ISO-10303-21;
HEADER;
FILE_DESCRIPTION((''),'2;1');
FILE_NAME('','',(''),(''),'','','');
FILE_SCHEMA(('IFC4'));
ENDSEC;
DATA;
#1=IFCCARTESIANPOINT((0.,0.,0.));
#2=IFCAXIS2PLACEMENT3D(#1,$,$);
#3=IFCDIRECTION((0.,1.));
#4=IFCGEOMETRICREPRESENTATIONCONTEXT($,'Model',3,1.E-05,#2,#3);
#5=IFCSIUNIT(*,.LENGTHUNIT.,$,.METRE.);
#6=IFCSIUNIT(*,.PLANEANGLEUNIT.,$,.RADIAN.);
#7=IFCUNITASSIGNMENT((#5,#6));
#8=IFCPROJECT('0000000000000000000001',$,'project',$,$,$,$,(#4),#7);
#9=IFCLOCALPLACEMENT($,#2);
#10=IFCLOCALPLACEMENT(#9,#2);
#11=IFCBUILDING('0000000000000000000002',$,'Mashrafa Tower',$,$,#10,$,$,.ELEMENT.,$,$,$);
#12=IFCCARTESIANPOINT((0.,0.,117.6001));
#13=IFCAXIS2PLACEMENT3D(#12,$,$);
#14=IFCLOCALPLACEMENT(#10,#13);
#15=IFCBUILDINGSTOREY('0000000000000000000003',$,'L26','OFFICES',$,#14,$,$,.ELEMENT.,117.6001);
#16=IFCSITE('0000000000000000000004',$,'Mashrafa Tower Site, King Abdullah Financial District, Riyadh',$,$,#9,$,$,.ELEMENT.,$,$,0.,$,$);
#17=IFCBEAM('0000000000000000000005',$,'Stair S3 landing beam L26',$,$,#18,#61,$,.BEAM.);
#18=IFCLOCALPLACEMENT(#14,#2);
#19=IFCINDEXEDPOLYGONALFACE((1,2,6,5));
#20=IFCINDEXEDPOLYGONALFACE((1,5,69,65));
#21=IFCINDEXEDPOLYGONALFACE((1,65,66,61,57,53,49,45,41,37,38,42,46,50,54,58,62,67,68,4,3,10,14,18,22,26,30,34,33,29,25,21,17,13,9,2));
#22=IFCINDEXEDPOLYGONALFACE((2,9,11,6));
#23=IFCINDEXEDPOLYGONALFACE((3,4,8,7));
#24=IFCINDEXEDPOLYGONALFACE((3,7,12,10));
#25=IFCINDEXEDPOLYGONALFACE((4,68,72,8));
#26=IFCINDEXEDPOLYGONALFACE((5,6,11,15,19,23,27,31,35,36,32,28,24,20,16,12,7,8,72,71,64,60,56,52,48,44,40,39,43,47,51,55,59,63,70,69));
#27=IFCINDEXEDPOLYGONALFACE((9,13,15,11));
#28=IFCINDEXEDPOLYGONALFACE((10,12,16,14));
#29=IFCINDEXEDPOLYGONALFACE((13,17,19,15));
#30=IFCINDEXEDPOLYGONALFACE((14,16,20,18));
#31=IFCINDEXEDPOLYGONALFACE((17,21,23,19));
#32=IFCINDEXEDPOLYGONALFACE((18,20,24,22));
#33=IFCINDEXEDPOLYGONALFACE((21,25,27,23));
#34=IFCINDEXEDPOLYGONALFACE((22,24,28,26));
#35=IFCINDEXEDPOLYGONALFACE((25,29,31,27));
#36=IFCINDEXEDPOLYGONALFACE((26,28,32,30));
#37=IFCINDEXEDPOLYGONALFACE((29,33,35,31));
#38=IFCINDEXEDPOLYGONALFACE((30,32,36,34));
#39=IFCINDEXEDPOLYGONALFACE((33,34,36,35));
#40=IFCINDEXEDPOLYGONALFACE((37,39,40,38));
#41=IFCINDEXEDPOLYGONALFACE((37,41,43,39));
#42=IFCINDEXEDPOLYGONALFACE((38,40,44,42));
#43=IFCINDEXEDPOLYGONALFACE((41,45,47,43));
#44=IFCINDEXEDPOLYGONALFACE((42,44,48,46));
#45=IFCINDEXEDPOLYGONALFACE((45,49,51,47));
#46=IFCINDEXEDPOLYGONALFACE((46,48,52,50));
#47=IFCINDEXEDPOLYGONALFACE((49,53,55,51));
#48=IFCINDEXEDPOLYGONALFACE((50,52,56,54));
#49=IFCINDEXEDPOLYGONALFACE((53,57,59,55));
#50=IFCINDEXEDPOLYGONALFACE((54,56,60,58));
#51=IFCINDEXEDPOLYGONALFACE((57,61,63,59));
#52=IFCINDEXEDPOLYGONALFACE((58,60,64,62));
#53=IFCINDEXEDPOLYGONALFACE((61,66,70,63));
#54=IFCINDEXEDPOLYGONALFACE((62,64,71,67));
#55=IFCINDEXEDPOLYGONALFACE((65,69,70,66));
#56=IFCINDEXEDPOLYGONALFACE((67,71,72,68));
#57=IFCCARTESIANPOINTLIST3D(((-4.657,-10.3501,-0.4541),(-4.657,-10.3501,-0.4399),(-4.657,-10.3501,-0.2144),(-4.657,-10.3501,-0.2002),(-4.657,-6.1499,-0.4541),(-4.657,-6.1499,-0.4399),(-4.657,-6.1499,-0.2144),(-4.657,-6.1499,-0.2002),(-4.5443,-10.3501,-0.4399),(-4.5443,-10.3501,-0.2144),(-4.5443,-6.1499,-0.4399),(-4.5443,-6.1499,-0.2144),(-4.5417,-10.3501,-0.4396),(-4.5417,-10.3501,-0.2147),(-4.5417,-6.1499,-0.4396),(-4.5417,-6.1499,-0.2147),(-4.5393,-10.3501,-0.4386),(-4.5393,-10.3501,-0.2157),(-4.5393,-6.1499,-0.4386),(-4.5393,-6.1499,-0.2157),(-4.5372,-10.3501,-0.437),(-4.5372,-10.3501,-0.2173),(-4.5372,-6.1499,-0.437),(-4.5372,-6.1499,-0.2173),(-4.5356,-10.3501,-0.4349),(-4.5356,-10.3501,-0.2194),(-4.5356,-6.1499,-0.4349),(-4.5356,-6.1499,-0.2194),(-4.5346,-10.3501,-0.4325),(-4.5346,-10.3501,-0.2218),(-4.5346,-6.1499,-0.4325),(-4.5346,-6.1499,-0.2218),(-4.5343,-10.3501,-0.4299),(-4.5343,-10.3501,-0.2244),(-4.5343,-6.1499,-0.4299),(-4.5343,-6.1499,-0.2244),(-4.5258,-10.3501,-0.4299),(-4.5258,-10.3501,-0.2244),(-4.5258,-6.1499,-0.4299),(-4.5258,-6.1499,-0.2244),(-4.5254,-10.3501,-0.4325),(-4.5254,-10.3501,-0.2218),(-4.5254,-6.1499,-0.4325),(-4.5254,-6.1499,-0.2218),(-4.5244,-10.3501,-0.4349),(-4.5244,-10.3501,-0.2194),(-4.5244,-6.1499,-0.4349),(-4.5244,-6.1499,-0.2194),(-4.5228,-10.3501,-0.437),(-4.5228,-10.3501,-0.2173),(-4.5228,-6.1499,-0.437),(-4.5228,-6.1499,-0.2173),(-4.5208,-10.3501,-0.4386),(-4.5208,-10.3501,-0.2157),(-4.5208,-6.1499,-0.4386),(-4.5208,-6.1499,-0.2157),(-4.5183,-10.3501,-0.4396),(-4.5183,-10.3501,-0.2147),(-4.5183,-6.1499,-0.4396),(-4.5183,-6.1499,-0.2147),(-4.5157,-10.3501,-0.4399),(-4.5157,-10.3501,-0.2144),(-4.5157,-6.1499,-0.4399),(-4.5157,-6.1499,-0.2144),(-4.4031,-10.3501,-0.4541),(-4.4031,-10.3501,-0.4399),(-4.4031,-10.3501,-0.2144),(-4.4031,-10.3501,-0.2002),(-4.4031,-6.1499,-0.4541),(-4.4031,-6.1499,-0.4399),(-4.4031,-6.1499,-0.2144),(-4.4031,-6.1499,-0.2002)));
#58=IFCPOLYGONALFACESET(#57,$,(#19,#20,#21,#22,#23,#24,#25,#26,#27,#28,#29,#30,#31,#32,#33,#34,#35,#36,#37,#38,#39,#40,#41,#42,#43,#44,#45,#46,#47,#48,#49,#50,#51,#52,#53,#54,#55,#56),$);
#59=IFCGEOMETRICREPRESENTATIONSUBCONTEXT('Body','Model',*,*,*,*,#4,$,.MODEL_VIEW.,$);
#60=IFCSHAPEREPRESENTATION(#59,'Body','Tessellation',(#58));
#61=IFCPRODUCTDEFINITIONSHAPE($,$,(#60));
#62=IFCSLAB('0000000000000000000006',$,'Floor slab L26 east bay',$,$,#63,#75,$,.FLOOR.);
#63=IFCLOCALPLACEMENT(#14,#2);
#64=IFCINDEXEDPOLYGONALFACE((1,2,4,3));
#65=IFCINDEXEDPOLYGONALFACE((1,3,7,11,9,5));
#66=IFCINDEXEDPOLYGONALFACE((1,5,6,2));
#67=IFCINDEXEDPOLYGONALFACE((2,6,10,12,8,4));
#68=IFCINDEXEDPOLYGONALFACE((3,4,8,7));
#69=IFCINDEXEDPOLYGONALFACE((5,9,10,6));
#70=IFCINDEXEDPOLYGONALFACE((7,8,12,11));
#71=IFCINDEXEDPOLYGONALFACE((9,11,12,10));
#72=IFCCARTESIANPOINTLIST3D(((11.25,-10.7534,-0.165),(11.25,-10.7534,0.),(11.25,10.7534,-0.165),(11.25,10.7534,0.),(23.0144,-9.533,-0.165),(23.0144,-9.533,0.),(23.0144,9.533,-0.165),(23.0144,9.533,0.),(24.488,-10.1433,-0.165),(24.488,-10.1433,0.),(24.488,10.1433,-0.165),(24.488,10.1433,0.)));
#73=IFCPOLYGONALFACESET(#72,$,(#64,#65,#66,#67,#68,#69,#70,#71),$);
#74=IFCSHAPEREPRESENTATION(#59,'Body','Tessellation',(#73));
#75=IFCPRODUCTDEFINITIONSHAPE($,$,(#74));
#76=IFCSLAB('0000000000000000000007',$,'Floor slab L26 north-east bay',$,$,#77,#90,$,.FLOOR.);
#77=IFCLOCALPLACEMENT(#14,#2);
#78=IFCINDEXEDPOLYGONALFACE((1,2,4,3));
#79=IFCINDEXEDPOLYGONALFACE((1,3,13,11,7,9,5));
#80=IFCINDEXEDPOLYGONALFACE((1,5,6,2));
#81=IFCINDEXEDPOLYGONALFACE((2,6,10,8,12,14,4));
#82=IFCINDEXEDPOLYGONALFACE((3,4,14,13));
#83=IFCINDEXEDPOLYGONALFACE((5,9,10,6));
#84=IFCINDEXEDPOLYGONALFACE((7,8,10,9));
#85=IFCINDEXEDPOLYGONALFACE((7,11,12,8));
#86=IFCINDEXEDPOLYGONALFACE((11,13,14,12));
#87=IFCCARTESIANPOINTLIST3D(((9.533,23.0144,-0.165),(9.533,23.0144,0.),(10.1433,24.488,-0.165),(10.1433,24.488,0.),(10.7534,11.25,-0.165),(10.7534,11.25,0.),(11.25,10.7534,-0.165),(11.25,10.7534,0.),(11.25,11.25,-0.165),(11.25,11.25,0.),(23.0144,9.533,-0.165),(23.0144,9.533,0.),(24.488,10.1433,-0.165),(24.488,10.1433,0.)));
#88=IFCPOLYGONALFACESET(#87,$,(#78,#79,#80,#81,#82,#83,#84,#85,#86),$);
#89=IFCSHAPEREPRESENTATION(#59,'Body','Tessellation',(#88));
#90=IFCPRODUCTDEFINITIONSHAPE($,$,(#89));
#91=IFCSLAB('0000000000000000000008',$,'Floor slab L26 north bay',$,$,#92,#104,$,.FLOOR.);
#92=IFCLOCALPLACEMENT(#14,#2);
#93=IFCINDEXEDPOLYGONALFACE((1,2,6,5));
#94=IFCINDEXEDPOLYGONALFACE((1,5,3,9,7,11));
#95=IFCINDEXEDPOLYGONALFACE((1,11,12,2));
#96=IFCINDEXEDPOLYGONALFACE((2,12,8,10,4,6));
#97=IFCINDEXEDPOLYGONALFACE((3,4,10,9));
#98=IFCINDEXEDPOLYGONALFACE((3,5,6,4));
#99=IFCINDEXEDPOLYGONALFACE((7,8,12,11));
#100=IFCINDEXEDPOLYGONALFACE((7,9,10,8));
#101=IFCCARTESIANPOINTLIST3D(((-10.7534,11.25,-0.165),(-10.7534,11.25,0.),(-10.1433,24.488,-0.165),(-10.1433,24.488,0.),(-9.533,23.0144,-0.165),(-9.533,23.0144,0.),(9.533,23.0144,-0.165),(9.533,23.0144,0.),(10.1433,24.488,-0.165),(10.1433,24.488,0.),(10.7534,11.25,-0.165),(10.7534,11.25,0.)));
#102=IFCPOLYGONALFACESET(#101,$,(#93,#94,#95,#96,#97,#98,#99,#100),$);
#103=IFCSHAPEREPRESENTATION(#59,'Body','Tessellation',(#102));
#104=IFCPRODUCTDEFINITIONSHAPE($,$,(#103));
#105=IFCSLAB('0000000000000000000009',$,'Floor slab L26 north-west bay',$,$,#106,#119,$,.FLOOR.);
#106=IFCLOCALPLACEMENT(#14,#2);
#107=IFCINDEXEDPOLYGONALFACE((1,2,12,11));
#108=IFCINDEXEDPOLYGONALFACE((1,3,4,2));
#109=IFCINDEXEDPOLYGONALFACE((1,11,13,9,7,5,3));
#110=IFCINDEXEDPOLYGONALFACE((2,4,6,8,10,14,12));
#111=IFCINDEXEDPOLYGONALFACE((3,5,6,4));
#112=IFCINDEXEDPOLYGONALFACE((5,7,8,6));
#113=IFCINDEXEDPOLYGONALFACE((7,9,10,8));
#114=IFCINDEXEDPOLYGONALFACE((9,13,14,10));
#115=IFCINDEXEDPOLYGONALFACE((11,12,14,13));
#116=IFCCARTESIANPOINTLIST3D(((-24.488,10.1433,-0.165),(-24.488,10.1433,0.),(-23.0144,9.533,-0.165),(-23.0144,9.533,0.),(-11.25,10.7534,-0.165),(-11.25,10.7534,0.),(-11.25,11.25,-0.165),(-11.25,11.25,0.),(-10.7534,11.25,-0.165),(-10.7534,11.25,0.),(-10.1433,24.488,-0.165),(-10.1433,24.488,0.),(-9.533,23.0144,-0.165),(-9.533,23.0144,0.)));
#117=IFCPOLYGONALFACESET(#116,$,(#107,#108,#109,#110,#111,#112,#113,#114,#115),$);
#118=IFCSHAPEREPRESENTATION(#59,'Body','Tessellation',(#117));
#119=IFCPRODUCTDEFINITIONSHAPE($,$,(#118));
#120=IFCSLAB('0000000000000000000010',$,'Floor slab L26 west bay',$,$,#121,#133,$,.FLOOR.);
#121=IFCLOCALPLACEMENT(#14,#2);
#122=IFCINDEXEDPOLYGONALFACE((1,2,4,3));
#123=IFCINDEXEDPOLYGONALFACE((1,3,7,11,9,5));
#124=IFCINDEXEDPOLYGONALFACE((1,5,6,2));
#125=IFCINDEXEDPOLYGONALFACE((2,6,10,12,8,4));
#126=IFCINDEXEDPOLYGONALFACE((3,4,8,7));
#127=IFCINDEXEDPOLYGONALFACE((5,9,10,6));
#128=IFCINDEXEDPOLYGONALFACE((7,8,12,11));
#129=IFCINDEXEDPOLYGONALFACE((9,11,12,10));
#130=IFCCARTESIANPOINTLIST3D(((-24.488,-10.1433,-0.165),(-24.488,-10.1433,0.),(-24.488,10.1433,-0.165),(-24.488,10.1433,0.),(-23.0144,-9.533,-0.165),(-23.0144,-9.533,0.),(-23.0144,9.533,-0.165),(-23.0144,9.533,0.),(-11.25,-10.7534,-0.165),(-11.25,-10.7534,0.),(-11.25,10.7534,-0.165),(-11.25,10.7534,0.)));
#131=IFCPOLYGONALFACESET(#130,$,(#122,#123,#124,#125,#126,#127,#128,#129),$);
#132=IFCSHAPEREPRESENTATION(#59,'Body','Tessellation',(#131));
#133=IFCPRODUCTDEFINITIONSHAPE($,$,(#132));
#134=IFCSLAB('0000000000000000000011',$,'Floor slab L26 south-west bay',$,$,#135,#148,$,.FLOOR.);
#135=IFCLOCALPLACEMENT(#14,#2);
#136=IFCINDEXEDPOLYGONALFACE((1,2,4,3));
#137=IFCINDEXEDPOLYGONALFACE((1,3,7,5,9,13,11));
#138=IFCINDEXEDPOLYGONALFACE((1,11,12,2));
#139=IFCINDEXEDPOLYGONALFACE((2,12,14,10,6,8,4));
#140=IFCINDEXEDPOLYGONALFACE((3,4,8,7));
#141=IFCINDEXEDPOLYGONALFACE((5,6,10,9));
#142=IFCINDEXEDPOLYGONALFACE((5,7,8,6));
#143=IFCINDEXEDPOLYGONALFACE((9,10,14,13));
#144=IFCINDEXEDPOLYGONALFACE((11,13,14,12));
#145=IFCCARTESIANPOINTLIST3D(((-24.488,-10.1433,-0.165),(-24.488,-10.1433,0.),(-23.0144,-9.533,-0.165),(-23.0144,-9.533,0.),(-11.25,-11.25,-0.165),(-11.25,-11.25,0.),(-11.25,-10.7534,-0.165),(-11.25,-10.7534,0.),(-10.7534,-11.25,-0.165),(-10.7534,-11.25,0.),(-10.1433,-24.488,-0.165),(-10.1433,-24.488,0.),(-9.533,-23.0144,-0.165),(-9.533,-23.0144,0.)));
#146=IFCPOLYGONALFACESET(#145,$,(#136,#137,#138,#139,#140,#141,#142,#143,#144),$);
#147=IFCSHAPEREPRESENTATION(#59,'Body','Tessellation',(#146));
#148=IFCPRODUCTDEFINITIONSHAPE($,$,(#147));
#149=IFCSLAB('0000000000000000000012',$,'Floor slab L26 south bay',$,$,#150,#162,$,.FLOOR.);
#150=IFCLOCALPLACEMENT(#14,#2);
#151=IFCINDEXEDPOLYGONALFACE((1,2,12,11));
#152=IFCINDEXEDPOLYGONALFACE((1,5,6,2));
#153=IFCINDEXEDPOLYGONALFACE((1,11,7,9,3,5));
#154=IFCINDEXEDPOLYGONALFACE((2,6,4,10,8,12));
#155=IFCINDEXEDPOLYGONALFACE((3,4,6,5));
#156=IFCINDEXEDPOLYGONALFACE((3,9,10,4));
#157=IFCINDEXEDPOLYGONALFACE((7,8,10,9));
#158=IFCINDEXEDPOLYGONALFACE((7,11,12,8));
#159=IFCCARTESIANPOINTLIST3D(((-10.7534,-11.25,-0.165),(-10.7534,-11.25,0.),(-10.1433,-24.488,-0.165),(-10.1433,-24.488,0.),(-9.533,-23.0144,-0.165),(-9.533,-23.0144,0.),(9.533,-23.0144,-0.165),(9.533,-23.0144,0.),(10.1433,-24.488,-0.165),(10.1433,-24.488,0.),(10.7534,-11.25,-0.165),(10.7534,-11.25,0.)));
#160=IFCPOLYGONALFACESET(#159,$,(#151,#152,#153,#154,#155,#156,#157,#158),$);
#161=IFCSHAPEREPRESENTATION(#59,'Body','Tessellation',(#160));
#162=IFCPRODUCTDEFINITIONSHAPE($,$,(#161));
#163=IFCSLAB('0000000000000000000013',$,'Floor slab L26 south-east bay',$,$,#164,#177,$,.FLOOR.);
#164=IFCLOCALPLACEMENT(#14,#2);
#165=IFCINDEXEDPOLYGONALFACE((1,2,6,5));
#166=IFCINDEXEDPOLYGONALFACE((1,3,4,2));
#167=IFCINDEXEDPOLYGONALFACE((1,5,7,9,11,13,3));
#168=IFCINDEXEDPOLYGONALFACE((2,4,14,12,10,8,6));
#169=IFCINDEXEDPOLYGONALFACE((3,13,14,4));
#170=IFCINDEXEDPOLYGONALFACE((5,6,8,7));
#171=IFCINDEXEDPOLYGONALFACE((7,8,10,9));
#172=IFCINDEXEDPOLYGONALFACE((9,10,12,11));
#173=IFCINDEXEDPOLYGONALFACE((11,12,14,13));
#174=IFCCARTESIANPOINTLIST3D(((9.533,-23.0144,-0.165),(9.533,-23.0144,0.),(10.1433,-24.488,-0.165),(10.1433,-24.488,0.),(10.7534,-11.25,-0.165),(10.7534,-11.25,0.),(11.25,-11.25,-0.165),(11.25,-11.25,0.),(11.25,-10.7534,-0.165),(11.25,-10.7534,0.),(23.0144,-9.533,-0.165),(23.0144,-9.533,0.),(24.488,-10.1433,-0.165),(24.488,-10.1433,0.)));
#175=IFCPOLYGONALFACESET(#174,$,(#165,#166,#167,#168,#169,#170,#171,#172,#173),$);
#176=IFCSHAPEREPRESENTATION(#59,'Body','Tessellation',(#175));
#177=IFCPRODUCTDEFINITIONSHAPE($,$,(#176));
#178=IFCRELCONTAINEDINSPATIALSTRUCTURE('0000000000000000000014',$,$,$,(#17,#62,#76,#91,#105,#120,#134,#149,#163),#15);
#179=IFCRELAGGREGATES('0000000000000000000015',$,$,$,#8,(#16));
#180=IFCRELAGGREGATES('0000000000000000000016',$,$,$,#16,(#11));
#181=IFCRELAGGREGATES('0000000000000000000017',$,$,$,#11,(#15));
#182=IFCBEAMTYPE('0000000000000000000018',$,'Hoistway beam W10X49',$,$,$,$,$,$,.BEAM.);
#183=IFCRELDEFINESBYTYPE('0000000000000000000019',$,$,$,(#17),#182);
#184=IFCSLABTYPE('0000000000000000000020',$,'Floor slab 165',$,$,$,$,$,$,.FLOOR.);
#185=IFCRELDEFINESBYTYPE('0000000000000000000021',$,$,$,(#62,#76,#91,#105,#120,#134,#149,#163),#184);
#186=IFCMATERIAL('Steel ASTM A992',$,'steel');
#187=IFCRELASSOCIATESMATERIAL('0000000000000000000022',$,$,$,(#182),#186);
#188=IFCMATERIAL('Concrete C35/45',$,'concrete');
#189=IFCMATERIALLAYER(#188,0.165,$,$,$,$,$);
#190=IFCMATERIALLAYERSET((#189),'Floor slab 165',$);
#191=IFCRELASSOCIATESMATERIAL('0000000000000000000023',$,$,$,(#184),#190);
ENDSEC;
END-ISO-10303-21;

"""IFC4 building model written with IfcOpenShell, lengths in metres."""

from ifc_helpers import new_model, si_unit, direction, frame, origin, origin_2d, place, context, subcontext, project, spatial, polyline, i_section, outline, extrude, material, layer, layer_set, material_profile, profile_set, type_object, element, save


model = new_model("IFC4")

# Units and contexts
model_context = context("Model", 3, precision=1e-05, world=origin(), true_north=direction((0.0, 1.0)))
body_context = subcontext(model_context, "Body", "Model", "MODEL_VIEW")
ifc_project = project(units=[si_unit("LENGTHUNIT", "METRE"), si_unit("PLANEANGLEUNIT", "RADIAN")], contexts=[model_context])

# Site, building, storey
site_placement = place(None, origin())
site = spatial("IfcSite", under=ifc_project, at=site_placement, Name="Mashrafa Tower Site, King Abdullah Financial District, Riyadh", CompositionType="ELEMENT", RefElevation=0.0)
building_placement = place(site_placement, origin())
building = spatial("IfcBuilding", under=site, at=building_placement, Name="Mashrafa Tower", CompositionType="ELEMENT")
storey_placement = place(building_placement, frame((0.0, 0.0, 117.6001)))
storey = spatial("IfcBuildingStorey", under=building, at=storey_placement, Name="L26", Description="OFFICES", CompositionType="ELEMENT", Elevation=117.6001)

# Beam
ifc_material_1 = material(Name="Steel ASTM A992", Category="steel")
ifc_material_profile = material_profile(ifc_material_1, i_section(OverallWidth=0.2539, OverallDepth=0.2539, WebThickness=0.0085, FlangeThickness=0.0142, FilletRadius=0.01, at=origin_2d()), Name="W10X49")
ifc_profile_set = profile_set([ifc_material_profile], Name="Steel ASTM A992")
beam_type = type_object("IfcBeamType", Name="Hoistway beam W10X49", PredefinedType="BEAM", material=ifc_profile_set)
beam_placement = place(storey_placement, frame((-4.53, -10.3501, -0.3271), z_axis=(0.0, 1.0, 0.0), x_axis=(-1.0, 0.0, 0.0)))
element("IfcBeam", 1, at=beam_placement, inside=storey, type_object=beam_type, Name="Stair S3 landing beam L26", PredefinedType="BEAM", context=body_context, shape_type="SweptSolid", body=[
    extrude(i_section(OverallWidth=0.2539, OverallDepth=0.2539, WebThickness=0.0085, FlangeThickness=0.0142, FilletRadius=0.01, at=origin_2d()), origin(), (0.0, 0.0, 1.0), 4.2002),
])

# Slabs
ifc_material_2 = material(Name="Concrete C35/45", Category="concrete")
ifc_layer_1 = layer(ifc_material_2, 0.165)
ifc_layer_set_1 = layer_set([ifc_layer_1], Name="Floor slab 165")
slab_type = type_object("IfcSlabType", Name="Floor slab 165", PredefinedType="FLOOR", material=ifc_layer_set_1)
slab_1_placement = place(storey_placement, frame((0.0, 0.0, -0.165)))
element("IfcSlab", 2, at=slab_1_placement, inside=storey, type_object=slab_type, Name="Floor slab L26 east bay", PredefinedType="FLOOR", context=body_context, shape_type="SweptSolid", body=[
    extrude(outline(polyline([(24.488, 10.1433), (24.488, -10.1433), (24.488, -10.1433), (23.0144, -9.533), (11.25, -10.7534), (11.25, 10.7534), (23.0144, 9.533), (24.488, 10.1433), (24.488, 10.1433)])), origin(), (0.0, 0.0, 1.0), 0.165),
])
slab_2_placement = place(storey_placement, frame((0.0, 0.0, -0.165)))
element("IfcSlab", 3, at=slab_2_placement, inside=storey, type_object=slab_type, Name="Floor slab L26 north-east bay", PredefinedType="FLOOR", context=body_context, shape_type="SweptSolid", body=[
    extrude(outline(polyline([(24.488, 10.1433), (23.0144, 9.533), (11.25, 10.7534), (11.25, 11.25), (10.7534, 11.25), (9.533, 23.0144), (10.1433, 24.488), (24.488, 10.1433)])), origin(), (0.0, 0.0, 1.0), 0.165),
])
slab_3_placement = place(storey_placement, frame((0.0, 0.0, -0.165)))
element("IfcSlab", 4, at=slab_3_placement, inside=storey, type_object=slab_type, Name="Floor slab L26 north bay", PredefinedType="FLOOR", context=body_context, shape_type="SweptSolid", body=[
    extrude(outline(polyline([(-10.1433, 24.488), (10.1433, 24.488), (10.1433, 24.488), (9.533, 23.0144), (10.7534, 11.25), (-10.7534, 11.25), (-9.533, 23.0144), (-10.1433, 24.488), (-10.1433, 24.488)])), origin(), (0.0, 0.0, 1.0), 0.165),
])
slab_4_placement = place(storey_placement, frame((0.0, 0.0, -0.165)))
element("IfcSlab", 5, at=slab_4_placement, inside=storey, type_object=slab_type, Name="Floor slab L26 north-west bay", PredefinedType="FLOOR", context=body_context, shape_type="SweptSolid", body=[
    extrude(outline(polyline([(-10.1433, 24.488), (-9.533, 23.0144), (-10.7534, 11.25), (-11.25, 11.25), (-11.25, 10.7534), (-23.0144, 9.533), (-24.488, 10.1433), (-10.1433, 24.488)])), origin(), (0.0, 0.0, 1.0), 0.165),
])
slab_5_placement = place(storey_placement, frame((0.0, 0.0, -0.165)))
element("IfcSlab", 6, at=slab_5_placement, inside=storey, type_object=slab_type, Name="Floor slab L26 west bay", PredefinedType="FLOOR", context=body_context, shape_type="SweptSolid", body=[
    extrude(outline(polyline([(-24.488, -10.1433), (-24.488, 10.1433), (-24.488, 10.1433), (-23.0144, 9.533), (-11.25, 10.7534), (-11.25, -10.7534), (-23.0144, -9.533), (-24.488, -10.1433), (-24.488, -10.1433)])), origin(), (0.0, 0.0, 1.0), 0.165),
])
slab_6_placement = place(storey_placement, frame((0.0, 0.0, -0.165)))
element("IfcSlab", 7, at=slab_6_placement, inside=storey, type_object=slab_type, Name="Floor slab L26 south-west bay", PredefinedType="FLOOR", context=body_context, shape_type="SweptSolid", body=[
    extrude(outline(polyline([(-24.488, -10.1433), (-23.0144, -9.533), (-11.25, -10.7534), (-11.25, -11.25), (-10.7534, -11.25), (-9.533, -23.0144), (-10.1433, -24.488), (-24.488, -10.1433)])), origin(), (0.0, 0.0, 1.0), 0.165),
])
slab_7_placement = place(storey_placement, frame((0.0, 0.0, -0.165)))
element("IfcSlab", 8, at=slab_7_placement, inside=storey, type_object=slab_type, Name="Floor slab L26 south bay", PredefinedType="FLOOR", context=body_context, shape_type="SweptSolid", body=[
    extrude(outline(polyline([(-10.1433, -24.488), (-10.1433, -24.488), (-9.533, -23.0144), (-10.7534, -11.25), (10.7534, -11.25), (9.533, -23.0144), (10.1433, -24.488), (10.1433, -24.488), (-10.1433, -24.488)])), origin(), (0.0, 0.0, 1.0), 0.165),
])
slab_8_placement = place(storey_placement, frame((0.0, 0.0, -0.165)))
element("IfcSlab", 9, at=slab_8_placement, inside=storey, type_object=slab_type, Name="Floor slab L26 south-east bay", PredefinedType="FLOOR", context=body_context, shape_type="SweptSolid", body=[
    extrude(outline(polyline([(10.1433, -24.488), (9.533, -23.0144), (10.7534, -11.25), (11.25, -11.25), (11.25, -10.7534), (23.0144, -9.533), (24.488, -10.1433), (10.1433, -24.488)])), origin(), (0.0, 0.0, 1.0), 0.165),
])

save(model, "model.ifc")
